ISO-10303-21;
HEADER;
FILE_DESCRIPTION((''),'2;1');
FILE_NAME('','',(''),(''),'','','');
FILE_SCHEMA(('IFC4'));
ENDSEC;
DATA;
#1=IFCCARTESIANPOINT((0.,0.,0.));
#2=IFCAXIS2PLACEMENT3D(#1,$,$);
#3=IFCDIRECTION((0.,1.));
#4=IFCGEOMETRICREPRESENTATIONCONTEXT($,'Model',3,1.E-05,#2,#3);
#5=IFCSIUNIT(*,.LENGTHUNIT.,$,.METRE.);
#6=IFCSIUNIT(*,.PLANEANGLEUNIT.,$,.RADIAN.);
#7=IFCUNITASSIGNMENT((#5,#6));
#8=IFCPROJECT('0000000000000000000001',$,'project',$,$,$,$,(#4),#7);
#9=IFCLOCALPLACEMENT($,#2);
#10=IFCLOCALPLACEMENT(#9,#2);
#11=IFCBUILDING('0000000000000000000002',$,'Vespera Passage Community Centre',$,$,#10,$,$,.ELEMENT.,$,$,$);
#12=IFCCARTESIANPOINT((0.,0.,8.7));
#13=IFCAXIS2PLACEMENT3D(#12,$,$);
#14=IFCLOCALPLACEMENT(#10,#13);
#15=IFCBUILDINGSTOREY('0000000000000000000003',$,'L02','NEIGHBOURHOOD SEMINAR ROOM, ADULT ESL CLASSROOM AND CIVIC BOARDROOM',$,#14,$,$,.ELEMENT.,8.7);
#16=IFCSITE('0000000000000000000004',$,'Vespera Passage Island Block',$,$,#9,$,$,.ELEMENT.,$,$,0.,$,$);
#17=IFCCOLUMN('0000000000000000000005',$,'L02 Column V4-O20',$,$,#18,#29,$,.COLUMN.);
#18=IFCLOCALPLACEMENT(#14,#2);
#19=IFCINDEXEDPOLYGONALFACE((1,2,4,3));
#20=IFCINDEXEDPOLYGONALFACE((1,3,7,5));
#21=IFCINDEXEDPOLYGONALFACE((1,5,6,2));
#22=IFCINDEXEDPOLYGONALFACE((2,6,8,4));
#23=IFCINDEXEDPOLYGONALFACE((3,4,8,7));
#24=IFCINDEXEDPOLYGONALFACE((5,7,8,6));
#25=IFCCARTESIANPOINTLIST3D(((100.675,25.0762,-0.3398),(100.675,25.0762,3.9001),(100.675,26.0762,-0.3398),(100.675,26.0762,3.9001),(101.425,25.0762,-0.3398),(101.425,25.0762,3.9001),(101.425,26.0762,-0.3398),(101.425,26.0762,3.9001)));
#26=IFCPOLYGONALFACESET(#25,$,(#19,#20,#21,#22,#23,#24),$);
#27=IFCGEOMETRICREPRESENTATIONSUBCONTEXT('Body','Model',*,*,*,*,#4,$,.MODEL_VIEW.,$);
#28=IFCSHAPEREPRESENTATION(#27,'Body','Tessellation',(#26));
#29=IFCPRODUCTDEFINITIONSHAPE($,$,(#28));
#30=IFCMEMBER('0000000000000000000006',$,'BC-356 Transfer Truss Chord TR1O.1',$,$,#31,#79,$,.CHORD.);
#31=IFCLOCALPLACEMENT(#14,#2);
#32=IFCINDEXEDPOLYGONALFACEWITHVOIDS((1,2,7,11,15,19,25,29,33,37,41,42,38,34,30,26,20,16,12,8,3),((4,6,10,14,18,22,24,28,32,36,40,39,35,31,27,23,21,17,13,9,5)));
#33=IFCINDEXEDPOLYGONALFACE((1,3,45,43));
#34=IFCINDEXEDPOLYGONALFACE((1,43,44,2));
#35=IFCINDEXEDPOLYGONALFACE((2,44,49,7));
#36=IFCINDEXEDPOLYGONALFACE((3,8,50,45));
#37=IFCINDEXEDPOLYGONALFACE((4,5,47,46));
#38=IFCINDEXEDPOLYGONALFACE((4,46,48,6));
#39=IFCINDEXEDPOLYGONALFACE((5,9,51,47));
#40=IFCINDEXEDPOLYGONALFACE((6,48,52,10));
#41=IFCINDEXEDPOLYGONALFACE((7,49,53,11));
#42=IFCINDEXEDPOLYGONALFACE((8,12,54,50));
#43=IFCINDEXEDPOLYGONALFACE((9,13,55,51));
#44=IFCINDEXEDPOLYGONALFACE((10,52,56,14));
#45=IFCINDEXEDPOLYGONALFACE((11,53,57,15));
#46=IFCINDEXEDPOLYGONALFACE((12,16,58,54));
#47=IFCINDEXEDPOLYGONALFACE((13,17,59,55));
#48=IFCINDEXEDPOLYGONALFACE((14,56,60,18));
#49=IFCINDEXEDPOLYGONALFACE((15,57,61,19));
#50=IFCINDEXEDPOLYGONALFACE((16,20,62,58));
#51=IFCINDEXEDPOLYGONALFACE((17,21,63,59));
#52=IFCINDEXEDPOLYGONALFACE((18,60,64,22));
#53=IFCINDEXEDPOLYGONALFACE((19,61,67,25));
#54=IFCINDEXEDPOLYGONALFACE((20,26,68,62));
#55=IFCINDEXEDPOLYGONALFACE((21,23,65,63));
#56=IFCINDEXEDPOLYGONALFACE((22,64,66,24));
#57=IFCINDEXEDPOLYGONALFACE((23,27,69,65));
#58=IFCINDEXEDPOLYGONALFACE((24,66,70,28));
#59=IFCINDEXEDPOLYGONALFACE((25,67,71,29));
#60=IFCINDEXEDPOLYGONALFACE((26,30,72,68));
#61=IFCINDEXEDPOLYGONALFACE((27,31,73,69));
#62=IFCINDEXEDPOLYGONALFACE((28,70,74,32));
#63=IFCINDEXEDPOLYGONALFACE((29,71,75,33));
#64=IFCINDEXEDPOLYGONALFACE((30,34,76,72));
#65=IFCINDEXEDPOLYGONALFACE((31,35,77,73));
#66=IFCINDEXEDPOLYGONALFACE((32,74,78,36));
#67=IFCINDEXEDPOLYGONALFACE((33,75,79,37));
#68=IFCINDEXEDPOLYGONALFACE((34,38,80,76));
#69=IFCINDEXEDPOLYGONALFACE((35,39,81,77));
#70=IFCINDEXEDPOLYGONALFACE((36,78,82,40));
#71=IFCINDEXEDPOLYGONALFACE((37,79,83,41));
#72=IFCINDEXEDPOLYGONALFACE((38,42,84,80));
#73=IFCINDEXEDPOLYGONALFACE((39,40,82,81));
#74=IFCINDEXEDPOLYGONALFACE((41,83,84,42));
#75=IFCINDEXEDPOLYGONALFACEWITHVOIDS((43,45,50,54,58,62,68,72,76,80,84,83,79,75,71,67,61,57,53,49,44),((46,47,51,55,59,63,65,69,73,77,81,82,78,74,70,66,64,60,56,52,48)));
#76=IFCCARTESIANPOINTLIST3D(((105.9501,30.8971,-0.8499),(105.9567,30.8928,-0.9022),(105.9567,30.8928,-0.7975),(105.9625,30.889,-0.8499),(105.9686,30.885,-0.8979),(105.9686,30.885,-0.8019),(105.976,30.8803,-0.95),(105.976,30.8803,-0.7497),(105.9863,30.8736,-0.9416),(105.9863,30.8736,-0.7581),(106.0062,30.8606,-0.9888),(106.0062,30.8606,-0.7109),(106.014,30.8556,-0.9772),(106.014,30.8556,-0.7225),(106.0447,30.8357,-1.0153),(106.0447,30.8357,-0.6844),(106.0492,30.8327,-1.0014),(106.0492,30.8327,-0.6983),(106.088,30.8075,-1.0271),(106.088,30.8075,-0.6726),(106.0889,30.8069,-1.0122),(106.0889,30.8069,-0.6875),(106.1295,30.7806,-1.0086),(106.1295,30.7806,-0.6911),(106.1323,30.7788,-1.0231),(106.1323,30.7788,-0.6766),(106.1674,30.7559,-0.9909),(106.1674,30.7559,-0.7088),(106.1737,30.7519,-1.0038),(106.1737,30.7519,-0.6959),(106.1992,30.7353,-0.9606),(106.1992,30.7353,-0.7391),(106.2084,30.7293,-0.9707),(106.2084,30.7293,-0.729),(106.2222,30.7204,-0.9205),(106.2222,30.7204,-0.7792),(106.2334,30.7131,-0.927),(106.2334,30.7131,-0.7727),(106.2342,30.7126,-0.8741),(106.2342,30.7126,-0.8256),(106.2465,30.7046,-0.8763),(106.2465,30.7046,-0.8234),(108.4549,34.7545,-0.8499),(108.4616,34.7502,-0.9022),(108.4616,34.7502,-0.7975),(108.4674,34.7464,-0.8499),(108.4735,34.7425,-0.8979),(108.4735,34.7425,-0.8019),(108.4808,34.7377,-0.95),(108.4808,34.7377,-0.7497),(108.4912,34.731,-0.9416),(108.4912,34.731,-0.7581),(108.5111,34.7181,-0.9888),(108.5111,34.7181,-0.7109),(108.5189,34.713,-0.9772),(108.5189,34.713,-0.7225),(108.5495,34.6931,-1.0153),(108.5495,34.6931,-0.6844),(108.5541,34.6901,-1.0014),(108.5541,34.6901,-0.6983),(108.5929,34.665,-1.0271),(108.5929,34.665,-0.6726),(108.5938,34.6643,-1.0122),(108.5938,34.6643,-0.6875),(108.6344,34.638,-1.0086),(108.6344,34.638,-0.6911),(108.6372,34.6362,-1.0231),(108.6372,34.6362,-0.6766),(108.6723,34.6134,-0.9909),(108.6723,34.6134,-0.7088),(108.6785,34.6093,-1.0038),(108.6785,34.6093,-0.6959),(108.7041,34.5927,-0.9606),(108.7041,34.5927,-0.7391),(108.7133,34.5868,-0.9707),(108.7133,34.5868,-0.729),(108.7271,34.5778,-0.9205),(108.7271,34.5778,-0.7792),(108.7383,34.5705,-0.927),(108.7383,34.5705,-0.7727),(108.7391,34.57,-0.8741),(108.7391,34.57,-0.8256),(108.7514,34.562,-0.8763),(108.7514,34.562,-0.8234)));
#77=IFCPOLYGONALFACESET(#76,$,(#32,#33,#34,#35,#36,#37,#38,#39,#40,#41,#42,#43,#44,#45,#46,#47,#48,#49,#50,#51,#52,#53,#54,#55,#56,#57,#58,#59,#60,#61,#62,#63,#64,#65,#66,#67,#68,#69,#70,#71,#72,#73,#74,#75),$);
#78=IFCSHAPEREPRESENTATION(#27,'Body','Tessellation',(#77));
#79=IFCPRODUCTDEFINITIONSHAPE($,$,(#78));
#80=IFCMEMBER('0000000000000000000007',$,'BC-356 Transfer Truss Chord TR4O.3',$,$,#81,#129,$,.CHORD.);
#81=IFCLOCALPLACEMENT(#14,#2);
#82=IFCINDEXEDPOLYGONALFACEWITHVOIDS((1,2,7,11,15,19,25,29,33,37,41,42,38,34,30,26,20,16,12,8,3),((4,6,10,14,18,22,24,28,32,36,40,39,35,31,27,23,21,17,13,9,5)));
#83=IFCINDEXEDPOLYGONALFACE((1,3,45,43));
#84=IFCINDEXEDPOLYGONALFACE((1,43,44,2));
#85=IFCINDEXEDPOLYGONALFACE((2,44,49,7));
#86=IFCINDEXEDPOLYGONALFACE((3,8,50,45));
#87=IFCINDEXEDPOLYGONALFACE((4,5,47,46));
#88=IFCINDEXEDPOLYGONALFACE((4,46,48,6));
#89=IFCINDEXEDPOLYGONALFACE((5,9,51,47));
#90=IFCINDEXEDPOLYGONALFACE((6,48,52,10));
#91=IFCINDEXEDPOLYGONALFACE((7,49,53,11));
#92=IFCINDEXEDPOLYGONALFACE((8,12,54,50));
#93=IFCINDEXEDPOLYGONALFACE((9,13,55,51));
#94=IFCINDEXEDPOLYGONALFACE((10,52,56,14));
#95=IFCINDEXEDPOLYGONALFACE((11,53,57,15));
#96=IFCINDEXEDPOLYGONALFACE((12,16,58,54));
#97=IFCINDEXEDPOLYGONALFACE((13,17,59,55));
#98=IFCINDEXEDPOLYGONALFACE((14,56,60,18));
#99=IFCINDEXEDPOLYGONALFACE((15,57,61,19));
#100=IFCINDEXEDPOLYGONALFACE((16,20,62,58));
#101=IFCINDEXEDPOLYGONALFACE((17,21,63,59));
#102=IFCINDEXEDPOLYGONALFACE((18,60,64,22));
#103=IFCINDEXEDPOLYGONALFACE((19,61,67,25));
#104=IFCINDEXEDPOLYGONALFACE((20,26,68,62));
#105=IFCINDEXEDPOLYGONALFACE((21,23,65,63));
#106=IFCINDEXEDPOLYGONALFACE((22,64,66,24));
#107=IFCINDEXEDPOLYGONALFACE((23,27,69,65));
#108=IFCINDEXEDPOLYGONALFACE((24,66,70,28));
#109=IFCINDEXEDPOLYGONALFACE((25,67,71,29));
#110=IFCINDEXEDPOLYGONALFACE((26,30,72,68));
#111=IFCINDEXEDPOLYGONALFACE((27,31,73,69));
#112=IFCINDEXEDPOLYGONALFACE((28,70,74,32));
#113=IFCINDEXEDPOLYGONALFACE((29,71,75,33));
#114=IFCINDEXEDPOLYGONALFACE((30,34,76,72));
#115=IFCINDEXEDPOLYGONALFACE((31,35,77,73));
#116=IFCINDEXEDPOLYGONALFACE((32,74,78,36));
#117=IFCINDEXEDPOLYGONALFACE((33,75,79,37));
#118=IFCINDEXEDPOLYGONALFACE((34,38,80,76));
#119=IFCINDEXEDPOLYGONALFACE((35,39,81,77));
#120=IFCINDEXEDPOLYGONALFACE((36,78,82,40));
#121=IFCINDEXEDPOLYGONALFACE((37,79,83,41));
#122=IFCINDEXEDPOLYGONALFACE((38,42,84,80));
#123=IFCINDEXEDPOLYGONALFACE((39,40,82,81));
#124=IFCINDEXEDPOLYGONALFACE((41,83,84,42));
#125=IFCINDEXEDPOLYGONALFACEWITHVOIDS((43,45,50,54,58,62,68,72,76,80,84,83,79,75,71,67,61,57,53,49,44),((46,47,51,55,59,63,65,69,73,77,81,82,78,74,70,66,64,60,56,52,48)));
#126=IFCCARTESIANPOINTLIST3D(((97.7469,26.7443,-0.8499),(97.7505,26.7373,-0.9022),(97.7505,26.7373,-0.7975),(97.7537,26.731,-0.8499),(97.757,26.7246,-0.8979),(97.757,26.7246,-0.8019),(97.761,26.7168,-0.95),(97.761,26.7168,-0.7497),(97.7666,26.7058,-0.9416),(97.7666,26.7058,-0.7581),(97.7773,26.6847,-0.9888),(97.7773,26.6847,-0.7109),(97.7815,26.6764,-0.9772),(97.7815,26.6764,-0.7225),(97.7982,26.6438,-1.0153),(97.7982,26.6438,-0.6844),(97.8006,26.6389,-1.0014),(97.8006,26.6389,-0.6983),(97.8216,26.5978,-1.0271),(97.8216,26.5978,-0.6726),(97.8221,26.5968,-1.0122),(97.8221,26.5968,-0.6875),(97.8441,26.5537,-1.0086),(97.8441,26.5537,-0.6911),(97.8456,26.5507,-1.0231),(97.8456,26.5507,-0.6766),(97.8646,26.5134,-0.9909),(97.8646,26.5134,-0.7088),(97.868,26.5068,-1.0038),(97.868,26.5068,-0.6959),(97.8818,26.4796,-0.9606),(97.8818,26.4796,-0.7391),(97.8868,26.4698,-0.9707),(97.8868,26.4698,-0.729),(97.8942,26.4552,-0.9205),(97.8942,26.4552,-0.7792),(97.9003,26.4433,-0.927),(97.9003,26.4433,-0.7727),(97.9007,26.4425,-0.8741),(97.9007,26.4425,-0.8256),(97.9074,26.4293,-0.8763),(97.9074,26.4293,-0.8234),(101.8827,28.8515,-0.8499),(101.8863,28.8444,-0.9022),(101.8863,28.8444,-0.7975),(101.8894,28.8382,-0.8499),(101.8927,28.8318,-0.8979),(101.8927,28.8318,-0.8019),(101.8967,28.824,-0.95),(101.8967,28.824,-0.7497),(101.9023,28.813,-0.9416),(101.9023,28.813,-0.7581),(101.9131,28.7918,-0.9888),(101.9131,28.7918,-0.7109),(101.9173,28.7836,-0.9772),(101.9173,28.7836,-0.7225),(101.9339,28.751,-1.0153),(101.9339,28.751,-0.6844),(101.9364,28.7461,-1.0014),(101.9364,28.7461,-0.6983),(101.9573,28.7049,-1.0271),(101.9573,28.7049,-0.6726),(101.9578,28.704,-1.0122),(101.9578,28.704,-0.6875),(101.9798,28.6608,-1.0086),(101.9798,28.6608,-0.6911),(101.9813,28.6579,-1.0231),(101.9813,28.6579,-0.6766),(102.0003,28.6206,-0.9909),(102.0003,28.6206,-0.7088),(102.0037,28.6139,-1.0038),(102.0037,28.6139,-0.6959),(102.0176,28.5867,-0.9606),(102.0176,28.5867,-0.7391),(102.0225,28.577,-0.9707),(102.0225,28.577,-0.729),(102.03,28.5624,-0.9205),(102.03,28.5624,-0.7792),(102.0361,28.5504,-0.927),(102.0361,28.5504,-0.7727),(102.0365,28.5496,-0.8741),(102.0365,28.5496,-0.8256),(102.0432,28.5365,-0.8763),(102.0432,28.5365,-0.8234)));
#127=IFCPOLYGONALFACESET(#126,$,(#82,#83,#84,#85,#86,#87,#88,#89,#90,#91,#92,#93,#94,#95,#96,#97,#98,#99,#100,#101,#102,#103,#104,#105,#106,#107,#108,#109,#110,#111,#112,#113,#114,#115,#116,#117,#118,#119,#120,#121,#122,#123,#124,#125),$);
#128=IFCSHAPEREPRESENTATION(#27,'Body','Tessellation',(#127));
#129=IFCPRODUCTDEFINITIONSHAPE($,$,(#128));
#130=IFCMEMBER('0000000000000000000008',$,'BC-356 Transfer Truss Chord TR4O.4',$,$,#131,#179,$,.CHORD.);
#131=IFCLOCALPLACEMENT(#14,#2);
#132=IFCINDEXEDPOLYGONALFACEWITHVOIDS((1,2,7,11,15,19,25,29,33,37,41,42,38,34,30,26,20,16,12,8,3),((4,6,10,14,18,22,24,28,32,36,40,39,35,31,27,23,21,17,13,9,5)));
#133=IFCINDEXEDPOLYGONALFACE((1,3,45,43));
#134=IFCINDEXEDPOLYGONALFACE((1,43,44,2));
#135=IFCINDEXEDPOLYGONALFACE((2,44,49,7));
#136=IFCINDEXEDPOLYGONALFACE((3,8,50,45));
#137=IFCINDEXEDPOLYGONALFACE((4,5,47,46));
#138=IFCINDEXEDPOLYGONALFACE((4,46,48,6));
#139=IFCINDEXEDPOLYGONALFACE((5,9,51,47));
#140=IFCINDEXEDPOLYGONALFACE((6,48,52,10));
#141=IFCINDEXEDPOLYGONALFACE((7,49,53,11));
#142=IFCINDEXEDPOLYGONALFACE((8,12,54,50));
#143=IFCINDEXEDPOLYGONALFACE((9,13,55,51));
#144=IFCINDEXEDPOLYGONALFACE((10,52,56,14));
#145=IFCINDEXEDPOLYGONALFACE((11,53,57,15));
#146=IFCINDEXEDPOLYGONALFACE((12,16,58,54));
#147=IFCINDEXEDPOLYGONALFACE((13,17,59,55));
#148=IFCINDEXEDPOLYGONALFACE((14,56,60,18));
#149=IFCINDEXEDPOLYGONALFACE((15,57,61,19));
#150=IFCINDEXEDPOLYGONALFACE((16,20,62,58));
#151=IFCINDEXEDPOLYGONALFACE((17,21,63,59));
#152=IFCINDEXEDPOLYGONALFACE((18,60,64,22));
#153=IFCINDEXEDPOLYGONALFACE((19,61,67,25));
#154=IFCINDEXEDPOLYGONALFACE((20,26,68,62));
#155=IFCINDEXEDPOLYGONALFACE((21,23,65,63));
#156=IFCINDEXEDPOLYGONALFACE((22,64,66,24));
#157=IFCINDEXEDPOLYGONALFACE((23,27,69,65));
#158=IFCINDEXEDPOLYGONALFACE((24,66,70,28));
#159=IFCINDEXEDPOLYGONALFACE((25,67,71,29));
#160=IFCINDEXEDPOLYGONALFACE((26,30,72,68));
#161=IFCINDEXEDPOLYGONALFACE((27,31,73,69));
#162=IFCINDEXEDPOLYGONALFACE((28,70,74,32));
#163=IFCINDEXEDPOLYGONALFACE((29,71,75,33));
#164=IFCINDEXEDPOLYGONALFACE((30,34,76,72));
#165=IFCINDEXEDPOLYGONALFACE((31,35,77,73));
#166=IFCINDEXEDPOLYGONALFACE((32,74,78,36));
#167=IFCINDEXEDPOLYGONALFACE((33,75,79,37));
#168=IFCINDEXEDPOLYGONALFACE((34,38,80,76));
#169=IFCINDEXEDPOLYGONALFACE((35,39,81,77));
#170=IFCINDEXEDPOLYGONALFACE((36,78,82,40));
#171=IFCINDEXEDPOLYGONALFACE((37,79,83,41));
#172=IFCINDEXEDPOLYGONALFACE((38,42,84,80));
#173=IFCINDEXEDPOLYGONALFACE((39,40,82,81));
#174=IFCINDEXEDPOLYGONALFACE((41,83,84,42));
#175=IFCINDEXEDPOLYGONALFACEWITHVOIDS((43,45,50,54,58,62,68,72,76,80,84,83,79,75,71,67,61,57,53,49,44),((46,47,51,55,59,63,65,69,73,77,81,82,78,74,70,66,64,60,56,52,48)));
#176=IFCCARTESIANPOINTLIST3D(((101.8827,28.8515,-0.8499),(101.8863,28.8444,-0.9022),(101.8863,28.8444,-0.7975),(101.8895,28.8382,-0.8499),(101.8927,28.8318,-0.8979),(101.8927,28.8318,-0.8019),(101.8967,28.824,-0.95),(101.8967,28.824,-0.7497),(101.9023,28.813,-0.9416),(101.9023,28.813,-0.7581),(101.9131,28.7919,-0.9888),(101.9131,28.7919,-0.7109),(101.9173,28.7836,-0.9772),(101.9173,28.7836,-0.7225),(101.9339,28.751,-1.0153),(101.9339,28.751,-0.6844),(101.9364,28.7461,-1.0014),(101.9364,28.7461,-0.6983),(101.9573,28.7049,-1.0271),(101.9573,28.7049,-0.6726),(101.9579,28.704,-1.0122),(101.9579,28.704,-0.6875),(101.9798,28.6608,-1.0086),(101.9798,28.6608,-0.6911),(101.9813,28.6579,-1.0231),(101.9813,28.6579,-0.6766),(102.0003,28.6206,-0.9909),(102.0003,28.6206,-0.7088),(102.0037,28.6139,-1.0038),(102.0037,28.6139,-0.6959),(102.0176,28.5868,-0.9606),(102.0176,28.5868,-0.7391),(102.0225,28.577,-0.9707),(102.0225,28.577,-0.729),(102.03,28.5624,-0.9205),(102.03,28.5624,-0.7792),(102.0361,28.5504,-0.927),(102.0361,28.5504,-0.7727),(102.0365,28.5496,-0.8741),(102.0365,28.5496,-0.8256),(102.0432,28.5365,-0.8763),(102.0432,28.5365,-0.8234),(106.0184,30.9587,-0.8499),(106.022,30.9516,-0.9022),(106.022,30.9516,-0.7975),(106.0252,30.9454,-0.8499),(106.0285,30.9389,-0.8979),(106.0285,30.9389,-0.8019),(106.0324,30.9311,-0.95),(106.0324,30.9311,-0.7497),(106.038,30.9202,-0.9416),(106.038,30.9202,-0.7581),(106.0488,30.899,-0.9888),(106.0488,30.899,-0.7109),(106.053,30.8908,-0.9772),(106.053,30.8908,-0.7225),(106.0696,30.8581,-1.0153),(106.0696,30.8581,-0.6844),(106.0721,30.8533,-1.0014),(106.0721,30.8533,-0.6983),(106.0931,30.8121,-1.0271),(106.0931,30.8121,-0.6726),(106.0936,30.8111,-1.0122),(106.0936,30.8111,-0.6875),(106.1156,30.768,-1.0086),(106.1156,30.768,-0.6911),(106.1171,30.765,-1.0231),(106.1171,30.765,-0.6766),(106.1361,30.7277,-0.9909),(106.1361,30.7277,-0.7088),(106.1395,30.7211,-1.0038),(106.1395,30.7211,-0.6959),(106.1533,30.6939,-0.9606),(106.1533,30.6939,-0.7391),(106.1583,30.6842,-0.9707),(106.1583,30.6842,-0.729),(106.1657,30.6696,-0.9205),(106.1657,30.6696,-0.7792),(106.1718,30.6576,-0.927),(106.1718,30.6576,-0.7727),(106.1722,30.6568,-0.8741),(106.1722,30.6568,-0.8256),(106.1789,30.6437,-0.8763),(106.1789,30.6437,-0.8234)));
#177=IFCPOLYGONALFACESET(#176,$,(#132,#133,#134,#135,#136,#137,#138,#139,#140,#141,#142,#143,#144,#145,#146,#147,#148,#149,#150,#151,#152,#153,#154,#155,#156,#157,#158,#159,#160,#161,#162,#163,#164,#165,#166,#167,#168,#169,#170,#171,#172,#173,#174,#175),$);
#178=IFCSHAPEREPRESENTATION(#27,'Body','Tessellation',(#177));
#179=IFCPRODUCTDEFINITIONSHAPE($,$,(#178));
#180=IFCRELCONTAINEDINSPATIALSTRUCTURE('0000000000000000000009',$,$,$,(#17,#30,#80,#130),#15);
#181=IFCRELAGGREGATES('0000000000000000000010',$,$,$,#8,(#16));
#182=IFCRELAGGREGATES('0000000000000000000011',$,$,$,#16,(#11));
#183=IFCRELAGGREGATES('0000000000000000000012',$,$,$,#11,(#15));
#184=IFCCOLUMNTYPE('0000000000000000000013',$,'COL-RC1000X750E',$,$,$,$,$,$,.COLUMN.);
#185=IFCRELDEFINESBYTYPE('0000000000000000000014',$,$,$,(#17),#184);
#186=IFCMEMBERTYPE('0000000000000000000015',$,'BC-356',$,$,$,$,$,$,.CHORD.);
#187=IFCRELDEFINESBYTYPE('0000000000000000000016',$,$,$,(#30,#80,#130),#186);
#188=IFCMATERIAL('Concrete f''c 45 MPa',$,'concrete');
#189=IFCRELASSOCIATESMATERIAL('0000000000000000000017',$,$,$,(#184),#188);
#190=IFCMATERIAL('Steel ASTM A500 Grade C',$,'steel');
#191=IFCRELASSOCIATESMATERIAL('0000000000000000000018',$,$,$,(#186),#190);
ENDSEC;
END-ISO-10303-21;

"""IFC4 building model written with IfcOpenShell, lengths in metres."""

from ifc_helpers import new_model, si_unit, direction, frame, origin, origin_2d, place, context, subcontext, project, spatial, rectangle, hollow_circle, extrude, material, material_profile, profile_set, type_object, element, save


model = new_model("IFC4")

# Units and contexts
model_context = context("Model", 3, precision=1e-05, world=origin(), true_north=direction((0.0, 1.0)))
body_context = subcontext(model_context, "Body", "Model", "MODEL_VIEW")
ifc_project = project(units=[si_unit("LENGTHUNIT", "METRE"), si_unit("PLANEANGLEUNIT", "RADIAN")], contexts=[model_context])

# Site, building, storey
site_placement = place(None, origin())
site = spatial("IfcSite", under=ifc_project, at=site_placement, Name="Vespera Passage Island Block", CompositionType="ELEMENT", RefElevation=0.0)
building_placement = place(site_placement, origin())
building = spatial("IfcBuilding", under=site, at=building_placement, Name="Vespera Passage Community Centre", CompositionType="ELEMENT")
storey_placement = place(building_placement, frame((0.0, 0.0, 8.7)))
storey = spatial("IfcBuildingStorey", under=building, at=storey_placement, Name="L02", Description="NEIGHBOURHOOD SEMINAR ROOM, ADULT ESL CLASSROOM AND CIVIC BOARDROOM", CompositionType="ELEMENT", Elevation=8.7)

# Column
ifc_material_1 = material(Name="Concrete f'c 45 MPa", Category="concrete")
ifc_material_profile_1 = material_profile(ifc_material_1, rectangle(XDim=0.75, YDim=1.0, at=origin_2d()), Name="RC1000X750")
ifc_profile_set_1 = profile_set([ifc_material_profile_1], Name="Concrete f'c 45 MPa")
column_type = type_object("IfcColumnType", Name="COL-RC1000X750E", PredefinedType="COLUMN", material=ifc_profile_set_1)
column_placement = place(storey_placement, frame((101.05, 25.5762, -0.3398), z_axis=(0.0, 0.0, 1.0), x_axis=(1.0, 0.0, 0.0)))
element("IfcColumn", 1, at=column_placement, inside=storey, type_object=column_type, Name="L02 Column V4-O20", PredefinedType="COLUMN", context=body_context, shape_type="SweptSolid", body=[
    extrude(rectangle(XDim=0.75, YDim=1.0, at=origin_2d()), origin(), (0.0, 0.0, 1.0), 4.24),
])

# Members
ifc_material_2 = material(Name="Steel ASTM A500 Grade C", Category="steel")
ifc_material_profile_2 = material_profile(ifc_material_2, hollow_circle(Radius=0.1777, WallThickness=0.0149, at=origin_2d()), Name="CHS356X15.9")
ifc_profile_set_2 = profile_set([ifc_material_profile_2], Name="Steel ASTM A500 Grade C")
member_type_1 = type_object("IfcMemberType", Name="BC-356", PredefinedType="CHORD", material=ifc_profile_set_2)
member_1_placement = place(storey_placement, frame((106.0991, 30.8003, -0.8499), z_axis=(0.544615, 0.838686, 0.0), x_axis=(-0.838686, 0.544615, 0.0)))
element("IfcMember", 2, at=member_1_placement, inside=storey, type_object=member_type_1, Name="BC-356 Transfer Truss Chord TR1O.1", PredefinedType="CHORD", context=body_context, shape_type="SweptSolid", body=[
    extrude(hollow_circle(Radius=0.1777, WallThickness=0.0149, at=origin_2d()), origin(), (0.0, 0.0, 1.0), 4.5994),
])
for number, where, z_axis, x_axis, name in (
    (3, (97.8276, 26.5859, -0.8499), (0.891014, 0.453975, 0.0), (-0.453975, 0.891014, 0.0), "BC-356 Transfer Truss Chord TR4O.3"),
    (4, (101.9634, 28.6931, -0.8499), (0.891014, 0.453975, 0.0), (-0.453975, 0.891014, 0.0), "BC-356 Transfer Truss Chord TR4O.4"),
):
    element("IfcMember", number, at=place(storey_placement, frame(where, z_axis=z_axis, x_axis=x_axis)), inside=storey, type_object=member_type_1, Name=name, PredefinedType="CHORD", context=body_context, shape_type="SweptSolid", body=[
        extrude(hollow_circle(Radius=0.1777, WallThickness=0.0149, at=origin_2d()), origin(), (0.0, 0.0, 1.0), 4.6416),
    ])

save(model, "model.ifc")
